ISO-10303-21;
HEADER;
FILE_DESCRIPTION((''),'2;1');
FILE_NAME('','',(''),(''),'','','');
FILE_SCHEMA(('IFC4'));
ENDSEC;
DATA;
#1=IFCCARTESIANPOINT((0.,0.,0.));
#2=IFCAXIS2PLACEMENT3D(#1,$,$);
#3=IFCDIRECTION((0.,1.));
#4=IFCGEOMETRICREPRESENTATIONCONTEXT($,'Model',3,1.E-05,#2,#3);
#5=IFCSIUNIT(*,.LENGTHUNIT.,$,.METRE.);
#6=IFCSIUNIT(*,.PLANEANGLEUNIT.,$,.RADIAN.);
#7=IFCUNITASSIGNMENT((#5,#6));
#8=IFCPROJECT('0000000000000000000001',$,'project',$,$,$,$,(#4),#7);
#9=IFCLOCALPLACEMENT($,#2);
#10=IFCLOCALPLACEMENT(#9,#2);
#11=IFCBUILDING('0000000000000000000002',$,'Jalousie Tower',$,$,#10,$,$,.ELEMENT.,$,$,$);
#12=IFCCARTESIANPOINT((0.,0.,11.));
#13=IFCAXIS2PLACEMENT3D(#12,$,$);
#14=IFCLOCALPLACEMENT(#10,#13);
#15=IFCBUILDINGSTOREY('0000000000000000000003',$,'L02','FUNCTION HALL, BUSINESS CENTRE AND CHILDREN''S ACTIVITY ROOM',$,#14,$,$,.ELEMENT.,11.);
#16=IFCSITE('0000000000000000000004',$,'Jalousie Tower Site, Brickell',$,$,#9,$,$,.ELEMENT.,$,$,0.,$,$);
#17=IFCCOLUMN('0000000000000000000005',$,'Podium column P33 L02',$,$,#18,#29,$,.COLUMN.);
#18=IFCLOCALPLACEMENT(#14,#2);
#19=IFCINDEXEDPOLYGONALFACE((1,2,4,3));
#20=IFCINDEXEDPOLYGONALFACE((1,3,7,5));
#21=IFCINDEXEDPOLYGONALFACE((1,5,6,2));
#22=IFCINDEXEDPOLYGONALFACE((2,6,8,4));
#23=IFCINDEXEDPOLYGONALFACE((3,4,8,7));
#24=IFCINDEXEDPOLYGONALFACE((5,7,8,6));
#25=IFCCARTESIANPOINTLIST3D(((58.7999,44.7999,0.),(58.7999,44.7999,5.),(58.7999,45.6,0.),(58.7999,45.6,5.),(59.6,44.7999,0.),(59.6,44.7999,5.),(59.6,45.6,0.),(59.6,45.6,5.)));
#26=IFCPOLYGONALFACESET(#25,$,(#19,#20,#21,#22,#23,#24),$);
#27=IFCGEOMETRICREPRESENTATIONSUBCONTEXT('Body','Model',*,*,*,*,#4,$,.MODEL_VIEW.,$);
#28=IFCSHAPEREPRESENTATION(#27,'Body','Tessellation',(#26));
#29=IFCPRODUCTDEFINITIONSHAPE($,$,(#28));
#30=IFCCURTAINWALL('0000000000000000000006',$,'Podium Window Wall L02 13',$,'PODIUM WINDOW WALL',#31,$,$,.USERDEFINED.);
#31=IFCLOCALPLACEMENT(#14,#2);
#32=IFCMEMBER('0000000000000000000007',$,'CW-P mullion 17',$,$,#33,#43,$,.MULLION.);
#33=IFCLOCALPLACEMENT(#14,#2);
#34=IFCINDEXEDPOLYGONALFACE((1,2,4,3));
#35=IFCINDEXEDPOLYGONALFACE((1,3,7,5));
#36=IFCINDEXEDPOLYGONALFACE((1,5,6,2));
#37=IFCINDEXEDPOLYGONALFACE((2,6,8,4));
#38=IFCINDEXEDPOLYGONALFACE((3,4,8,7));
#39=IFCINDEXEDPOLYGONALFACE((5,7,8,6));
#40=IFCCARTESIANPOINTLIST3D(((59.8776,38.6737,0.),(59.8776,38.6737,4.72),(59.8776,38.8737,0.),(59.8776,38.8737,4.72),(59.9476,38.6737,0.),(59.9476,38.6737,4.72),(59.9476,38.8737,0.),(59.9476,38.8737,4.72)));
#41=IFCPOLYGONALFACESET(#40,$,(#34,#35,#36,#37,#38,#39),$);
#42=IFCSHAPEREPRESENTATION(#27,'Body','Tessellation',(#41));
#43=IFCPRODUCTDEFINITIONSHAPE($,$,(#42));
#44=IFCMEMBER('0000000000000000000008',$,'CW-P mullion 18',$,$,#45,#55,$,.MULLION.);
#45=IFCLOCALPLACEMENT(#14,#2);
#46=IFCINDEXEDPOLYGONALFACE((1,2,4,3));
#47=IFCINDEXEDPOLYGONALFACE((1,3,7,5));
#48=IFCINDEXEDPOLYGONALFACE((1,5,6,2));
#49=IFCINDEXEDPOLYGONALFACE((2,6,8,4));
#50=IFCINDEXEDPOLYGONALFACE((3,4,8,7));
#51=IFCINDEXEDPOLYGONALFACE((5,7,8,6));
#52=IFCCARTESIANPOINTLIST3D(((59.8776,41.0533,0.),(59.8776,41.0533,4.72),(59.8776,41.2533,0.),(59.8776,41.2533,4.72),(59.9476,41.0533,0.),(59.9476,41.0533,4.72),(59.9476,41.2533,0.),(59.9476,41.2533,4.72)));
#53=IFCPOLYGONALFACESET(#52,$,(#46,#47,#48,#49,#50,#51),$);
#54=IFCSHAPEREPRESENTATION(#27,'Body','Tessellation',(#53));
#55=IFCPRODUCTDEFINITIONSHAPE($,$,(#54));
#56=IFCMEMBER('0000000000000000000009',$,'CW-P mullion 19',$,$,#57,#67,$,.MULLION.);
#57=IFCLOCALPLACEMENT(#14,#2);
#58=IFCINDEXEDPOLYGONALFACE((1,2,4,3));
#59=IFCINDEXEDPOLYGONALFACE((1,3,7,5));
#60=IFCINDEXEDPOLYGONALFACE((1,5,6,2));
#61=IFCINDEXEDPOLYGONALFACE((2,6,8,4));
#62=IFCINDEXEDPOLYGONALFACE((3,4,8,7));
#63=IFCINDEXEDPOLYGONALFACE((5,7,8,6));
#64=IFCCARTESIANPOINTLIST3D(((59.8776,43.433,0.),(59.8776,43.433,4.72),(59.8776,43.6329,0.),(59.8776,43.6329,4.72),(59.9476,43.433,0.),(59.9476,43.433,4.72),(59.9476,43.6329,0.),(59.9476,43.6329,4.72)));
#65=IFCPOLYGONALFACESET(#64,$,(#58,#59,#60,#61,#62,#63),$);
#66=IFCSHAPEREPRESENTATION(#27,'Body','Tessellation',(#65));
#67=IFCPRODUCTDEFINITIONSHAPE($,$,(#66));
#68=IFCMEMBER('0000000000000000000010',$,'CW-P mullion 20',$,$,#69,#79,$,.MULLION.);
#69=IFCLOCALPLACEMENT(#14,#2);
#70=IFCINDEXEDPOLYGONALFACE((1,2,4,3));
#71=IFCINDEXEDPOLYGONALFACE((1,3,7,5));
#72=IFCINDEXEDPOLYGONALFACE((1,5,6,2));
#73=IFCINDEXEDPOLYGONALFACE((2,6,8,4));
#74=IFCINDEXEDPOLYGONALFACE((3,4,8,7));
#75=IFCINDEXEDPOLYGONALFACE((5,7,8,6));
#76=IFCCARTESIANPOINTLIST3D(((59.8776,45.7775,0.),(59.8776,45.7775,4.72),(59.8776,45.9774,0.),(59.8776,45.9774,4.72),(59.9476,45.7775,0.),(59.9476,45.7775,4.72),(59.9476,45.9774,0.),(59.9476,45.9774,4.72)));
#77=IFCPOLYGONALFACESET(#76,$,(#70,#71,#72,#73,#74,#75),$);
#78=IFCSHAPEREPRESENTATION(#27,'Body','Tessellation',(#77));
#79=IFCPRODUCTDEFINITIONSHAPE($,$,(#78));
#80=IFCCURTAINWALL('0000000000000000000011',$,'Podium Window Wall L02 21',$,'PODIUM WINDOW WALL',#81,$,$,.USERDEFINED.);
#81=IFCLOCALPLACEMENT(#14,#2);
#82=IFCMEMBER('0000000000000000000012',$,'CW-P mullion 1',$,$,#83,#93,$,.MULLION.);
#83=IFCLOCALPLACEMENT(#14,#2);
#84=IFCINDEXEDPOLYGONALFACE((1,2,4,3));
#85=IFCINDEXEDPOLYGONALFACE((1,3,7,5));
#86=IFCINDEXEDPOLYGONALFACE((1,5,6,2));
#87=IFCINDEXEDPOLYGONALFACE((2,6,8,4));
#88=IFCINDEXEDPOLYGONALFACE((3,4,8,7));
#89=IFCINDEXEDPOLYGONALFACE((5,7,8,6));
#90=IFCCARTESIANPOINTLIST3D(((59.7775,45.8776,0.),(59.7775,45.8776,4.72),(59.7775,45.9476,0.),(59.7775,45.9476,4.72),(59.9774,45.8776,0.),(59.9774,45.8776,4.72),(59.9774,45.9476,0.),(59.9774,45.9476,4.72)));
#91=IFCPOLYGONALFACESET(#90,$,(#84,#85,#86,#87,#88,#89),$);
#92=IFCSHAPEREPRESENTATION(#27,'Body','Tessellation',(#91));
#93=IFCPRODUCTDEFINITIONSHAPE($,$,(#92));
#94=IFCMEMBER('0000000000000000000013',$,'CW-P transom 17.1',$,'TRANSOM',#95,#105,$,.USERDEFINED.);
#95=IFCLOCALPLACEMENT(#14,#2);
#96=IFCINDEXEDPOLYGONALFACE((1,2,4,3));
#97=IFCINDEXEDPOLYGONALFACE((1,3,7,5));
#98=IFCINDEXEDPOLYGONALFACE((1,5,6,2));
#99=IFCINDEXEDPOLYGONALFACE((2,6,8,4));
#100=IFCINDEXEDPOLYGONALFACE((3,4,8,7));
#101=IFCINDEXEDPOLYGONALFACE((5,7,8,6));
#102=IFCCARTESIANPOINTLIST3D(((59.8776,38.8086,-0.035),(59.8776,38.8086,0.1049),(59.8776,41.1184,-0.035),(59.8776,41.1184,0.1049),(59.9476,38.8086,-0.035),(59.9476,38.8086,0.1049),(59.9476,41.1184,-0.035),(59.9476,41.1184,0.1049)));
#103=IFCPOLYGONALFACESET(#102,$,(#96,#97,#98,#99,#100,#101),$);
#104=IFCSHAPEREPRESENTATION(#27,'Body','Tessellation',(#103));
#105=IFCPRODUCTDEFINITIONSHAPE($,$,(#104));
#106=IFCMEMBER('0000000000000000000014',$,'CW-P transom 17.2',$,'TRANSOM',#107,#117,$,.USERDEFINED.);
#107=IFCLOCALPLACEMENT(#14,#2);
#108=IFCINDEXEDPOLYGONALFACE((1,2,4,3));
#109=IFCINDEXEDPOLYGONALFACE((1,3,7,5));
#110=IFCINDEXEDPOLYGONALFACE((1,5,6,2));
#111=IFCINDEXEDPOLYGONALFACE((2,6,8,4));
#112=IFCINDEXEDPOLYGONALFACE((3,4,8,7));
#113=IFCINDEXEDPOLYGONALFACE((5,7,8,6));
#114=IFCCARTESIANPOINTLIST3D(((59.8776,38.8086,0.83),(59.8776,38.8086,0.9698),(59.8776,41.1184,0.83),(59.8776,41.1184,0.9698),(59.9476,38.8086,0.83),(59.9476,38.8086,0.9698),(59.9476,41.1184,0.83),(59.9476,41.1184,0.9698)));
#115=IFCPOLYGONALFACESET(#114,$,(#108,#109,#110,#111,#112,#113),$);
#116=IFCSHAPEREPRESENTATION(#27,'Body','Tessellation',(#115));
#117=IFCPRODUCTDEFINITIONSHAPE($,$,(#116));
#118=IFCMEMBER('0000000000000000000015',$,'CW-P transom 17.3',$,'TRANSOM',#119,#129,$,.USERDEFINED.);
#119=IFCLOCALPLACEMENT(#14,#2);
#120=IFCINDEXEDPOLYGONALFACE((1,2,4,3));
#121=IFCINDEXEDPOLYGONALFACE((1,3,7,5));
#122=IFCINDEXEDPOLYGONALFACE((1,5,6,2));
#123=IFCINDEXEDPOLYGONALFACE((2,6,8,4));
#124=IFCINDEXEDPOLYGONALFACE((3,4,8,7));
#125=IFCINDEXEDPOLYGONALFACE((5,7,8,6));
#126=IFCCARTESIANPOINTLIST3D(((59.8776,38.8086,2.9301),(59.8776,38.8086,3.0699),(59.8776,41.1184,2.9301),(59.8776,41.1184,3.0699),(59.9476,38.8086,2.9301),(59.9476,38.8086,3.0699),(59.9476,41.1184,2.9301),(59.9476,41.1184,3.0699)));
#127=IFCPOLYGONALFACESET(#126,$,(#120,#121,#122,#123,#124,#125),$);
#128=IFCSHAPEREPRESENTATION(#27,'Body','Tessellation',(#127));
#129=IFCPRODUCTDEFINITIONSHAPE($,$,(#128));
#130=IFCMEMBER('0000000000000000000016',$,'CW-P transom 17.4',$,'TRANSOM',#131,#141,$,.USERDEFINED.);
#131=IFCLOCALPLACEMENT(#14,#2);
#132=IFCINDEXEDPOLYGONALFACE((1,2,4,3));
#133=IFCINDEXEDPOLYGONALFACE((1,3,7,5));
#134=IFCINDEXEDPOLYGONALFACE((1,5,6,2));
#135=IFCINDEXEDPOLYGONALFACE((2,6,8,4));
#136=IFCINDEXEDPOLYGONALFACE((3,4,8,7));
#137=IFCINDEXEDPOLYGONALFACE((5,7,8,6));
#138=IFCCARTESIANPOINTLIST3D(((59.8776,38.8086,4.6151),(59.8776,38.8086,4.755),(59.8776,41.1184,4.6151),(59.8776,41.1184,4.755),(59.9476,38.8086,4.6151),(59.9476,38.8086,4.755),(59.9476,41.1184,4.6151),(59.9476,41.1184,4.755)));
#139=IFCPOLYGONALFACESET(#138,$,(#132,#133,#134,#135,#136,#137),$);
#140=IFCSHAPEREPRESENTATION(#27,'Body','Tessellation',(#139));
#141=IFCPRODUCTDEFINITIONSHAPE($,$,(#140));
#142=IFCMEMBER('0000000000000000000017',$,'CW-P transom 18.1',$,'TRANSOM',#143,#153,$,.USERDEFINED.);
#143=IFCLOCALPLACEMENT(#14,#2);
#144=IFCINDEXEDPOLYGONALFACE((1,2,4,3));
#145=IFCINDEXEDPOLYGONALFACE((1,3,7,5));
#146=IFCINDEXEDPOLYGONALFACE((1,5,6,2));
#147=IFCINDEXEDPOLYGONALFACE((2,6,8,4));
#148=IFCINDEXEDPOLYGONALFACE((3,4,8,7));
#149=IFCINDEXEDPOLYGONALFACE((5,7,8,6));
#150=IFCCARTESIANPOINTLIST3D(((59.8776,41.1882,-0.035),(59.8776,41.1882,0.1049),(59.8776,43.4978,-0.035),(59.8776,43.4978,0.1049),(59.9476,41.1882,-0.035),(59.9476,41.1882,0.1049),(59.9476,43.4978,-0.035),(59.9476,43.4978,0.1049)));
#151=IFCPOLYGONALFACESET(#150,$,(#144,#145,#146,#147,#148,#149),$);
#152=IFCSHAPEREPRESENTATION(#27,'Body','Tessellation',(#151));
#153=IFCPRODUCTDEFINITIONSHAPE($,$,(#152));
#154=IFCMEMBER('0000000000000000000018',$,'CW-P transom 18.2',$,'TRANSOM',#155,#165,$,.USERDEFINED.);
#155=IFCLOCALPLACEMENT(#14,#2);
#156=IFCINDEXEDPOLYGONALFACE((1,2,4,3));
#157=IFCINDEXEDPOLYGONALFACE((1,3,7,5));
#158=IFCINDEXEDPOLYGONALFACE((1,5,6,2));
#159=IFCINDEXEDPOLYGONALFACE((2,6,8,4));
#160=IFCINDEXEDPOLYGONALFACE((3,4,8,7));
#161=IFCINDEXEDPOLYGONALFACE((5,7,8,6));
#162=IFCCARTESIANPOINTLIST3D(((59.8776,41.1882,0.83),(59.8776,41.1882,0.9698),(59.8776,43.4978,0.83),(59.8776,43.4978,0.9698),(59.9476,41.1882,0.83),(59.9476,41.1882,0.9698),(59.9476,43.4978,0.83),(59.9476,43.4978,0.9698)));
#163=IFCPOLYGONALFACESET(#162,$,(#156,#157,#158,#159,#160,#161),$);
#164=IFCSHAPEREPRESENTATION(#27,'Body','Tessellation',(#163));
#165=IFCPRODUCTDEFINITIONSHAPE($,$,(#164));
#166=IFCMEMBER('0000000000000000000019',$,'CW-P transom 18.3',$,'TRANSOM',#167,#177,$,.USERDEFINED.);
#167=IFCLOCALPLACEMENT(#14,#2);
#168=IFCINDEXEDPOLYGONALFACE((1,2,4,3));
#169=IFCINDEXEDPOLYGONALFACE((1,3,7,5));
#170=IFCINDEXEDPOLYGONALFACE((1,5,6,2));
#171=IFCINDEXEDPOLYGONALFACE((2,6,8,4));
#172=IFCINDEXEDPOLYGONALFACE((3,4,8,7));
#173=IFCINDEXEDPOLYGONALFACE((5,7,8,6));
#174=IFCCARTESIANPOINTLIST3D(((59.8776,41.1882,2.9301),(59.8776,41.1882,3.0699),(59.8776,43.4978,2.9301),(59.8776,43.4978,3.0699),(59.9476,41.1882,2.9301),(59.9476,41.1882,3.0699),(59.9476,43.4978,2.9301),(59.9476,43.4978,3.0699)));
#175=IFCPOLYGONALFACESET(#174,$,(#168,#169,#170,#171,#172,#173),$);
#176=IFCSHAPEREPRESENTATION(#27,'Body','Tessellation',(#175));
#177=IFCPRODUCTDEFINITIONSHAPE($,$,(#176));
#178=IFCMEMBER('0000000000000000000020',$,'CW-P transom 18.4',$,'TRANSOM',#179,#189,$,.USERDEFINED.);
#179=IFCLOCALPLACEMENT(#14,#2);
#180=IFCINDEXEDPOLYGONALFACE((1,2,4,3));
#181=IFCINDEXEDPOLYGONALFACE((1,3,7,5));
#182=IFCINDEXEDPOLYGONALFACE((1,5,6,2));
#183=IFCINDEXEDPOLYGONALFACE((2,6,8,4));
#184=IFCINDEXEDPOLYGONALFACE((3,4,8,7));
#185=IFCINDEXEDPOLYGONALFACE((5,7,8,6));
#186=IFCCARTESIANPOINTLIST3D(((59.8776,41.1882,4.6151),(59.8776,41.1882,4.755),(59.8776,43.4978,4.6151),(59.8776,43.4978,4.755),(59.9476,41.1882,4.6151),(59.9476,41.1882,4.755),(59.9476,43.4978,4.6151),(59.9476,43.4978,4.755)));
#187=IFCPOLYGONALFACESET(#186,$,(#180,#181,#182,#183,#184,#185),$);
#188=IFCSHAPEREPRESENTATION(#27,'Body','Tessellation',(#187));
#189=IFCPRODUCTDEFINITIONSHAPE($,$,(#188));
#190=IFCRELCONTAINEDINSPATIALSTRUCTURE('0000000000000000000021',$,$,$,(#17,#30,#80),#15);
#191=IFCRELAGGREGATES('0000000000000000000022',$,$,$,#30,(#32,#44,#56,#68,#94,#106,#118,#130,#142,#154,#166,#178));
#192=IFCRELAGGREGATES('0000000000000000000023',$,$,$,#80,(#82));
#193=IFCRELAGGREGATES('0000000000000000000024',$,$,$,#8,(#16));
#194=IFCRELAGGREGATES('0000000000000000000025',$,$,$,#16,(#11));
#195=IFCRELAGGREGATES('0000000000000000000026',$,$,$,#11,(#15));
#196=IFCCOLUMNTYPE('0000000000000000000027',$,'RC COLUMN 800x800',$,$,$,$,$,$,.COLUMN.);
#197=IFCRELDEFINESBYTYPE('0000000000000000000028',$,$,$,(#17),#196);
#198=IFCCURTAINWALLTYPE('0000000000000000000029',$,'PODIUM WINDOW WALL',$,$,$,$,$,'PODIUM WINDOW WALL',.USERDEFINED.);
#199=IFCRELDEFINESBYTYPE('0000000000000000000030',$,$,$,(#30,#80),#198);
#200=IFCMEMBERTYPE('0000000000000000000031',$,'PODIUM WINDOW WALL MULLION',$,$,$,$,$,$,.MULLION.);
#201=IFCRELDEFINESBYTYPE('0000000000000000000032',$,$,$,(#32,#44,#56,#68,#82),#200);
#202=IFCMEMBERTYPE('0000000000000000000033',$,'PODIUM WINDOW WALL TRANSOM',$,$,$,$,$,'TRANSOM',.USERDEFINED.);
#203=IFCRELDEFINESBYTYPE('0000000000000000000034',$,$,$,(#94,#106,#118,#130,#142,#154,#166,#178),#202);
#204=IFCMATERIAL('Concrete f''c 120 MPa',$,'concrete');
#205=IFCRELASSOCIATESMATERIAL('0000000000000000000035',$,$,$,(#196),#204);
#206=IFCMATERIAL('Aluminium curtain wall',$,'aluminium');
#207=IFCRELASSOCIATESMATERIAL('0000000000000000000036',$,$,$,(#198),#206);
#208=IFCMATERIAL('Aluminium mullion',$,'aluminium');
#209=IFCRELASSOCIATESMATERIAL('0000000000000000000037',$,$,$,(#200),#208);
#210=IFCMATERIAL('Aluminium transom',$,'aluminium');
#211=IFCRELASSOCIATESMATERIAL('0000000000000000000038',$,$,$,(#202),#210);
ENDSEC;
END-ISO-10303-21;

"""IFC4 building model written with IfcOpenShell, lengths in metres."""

from ifc_helpers import new_model, si_unit, direction, frame, origin, origin_2d, place, context, subcontext, project, spatial, rectangle, extrude, material, material_profile, profile_set, type_object, element, aggregate, save


model = new_model("IFC4")

# Units and contexts
model_context = context("Model", 3, precision=1e-05, world=origin(), true_north=direction((0.0, 1.0)))
body_context = subcontext(model_context, "Body", "Model", "MODEL_VIEW")
ifc_project = project(units=[si_unit("LENGTHUNIT", "METRE"), si_unit("PLANEANGLEUNIT", "RADIAN")], contexts=[model_context])

# Site, building, storey
site_placement = place(None, origin())
site = spatial("IfcSite", under=ifc_project, at=site_placement, Name="Jalousie Tower Site, Brickell", CompositionType="ELEMENT", RefElevation=0.0)
building_placement = place(site_placement, origin())
building = spatial("IfcBuilding", under=site, at=building_placement, Name="Jalousie Tower", CompositionType="ELEMENT")
storey_placement = place(building_placement, frame((0.0, 0.0, 11.0)))
storey = spatial("IfcBuildingStorey", under=building, at=storey_placement, Name="L02", Description="FUNCTION HALL, BUSINESS CENTRE AND CHILDREN'S ACTIVITY ROOM", CompositionType="ELEMENT", Elevation=11.0)

# Column
ifc_material_1 = material(Name="Concrete f'c 120 MPa", Category="concrete")
ifc_material_profile_1 = material_profile(ifc_material_1, rectangle(XDim=0.8, YDim=0.8, at=origin_2d()), Name="RC 800x800")
ifc_profile_set_1 = profile_set([ifc_material_profile_1], Name="Concrete f'c 120 MPa")
column_type = type_object("IfcColumnType", Name="RC COLUMN 800x800", PredefinedType="COLUMN", material=ifc_profile_set_1)
column_placement = place(storey_placement, frame((59.2, 45.2, 0.0), z_axis=(0.0, 0.0, 1.0), x_axis=(1.0, 0.0, 0.0)))
element("IfcColumn", 1, at=column_placement, inside=storey, type_object=column_type, Name="Podium column P33 L02", PredefinedType="COLUMN", context=body_context, shape_type="SweptSolid", body=[
    extrude(rectangle(XDim=0.8, YDim=0.8, at=origin_2d()), origin(), (0.0, 0.0, 1.0), 5.0),
])

# Curtain wall, members
ifc_material_2 = material(Name="Aluminium curtain wall", Category="aluminium")
curtain_wall_type = type_object("IfcCurtainWallType", Name="PODIUM WINDOW WALL", ElementType="PODIUM WINDOW WALL", PredefinedType="USERDEFINED", material=ifc_material_2)
curtain_wall_1_placement = place(storey_placement, origin())
curtain_wall_1 = element("IfcCurtainWall", 2, at=curtain_wall_1_placement, inside=storey, type_object=curtain_wall_type, Name="Podium Window Wall L02 13", ObjectType="PODIUM WINDOW WALL", PredefinedType="USERDEFINED")
ifc_material_3 = material(Name="Aluminium mullion", Category="aluminium")
ifc_material_profile_2 = material_profile(ifc_material_3, rectangle(XDim=0.0701, YDim=0.2, at=origin_2d()), Name="MULLION 70x200")
ifc_profile_set_2 = profile_set([ifc_material_profile_2], Name="Aluminium mullion")
member_type_1 = type_object("IfcMemberType", Name="PODIUM WINDOW WALL MULLION", PredefinedType="MULLION", material=ifc_profile_set_2)
member_1_placement = place(storey_placement, frame((59.9126, 38.7737, 0.0), z_axis=(0.0, 0.0, 1.0), x_axis=(-1.0, 0.0, 0.0)))
member_1 = element("IfcMember", 3, at=member_1_placement, type_object=member_type_1, Name="CW-P mullion 17", PredefinedType="MULLION", context=body_context, shape_type="SweptSolid", body=[
    extrude(rectangle(XDim=0.0701, YDim=0.2, at=origin_2d()), origin(), (0.0, 0.0, 1.0), 4.72),
])
member_2_placement = place(storey_placement, frame((59.9126, 41.1533, 0.0), z_axis=(0.0, 0.0, 1.0), x_axis=(-1.0, 0.0, 0.0)))
member_2 = element("IfcMember", 4, at=member_2_placement, type_object=member_type_1, Name="CW-P mullion 18", PredefinedType="MULLION", context=body_context, shape_type="SweptSolid", body=[
    extrude(rectangle(XDim=0.0701, YDim=0.2, at=origin_2d()), origin(), (0.0, 0.0, 1.0), 4.72),
])
member_3_placement = place(storey_placement, frame((59.9126, 43.533, 0.0), z_axis=(0.0, 0.0, 1.0), x_axis=(-1.0, 0.0, 0.0)))
member_3 = element("IfcMember", 5, at=member_3_placement, type_object=member_type_1, Name="CW-P mullion 19", PredefinedType="MULLION", context=body_context, shape_type="SweptSolid", body=[
    extrude(rectangle(XDim=0.0701, YDim=0.2, at=origin_2d()), origin(), (0.0, 0.0, 1.0), 4.72),
])
member_4_placement = place(storey_placement, frame((59.9126, 45.8774, 0.0), z_axis=(0.0, 0.0, 1.0), x_axis=(-1.0, 0.0, 0.0)))
member_4 = element("IfcMember", 6, at=member_4_placement, type_object=member_type_1, Name="CW-P mullion 20", PredefinedType="MULLION", context=body_context, shape_type="SweptSolid", body=[
    extrude(rectangle(XDim=0.0701, YDim=0.2, at=origin_2d()), origin(), (0.0, 0.0, 1.0), 4.72),
])

# Curtain wall, member
curtain_wall_2_placement = place(storey_placement, origin())
curtain_wall_2 = element("IfcCurtainWall", 7, at=curtain_wall_2_placement, inside=storey, type_object=curtain_wall_type, Name="Podium Window Wall L02 21", ObjectType="PODIUM WINDOW WALL", PredefinedType="USERDEFINED")
member_5_placement = place(storey_placement, frame((59.8774, 45.9126, 0.0), z_axis=(0.0, 0.0, 1.0), x_axis=(0.0, -1.0, 0.0)))
member_5 = element("IfcMember", 8, at=member_5_placement, type_object=member_type_1, Name="CW-P mullion 1", PredefinedType="MULLION", context=body_context, shape_type="SweptSolid", body=[
    extrude(rectangle(XDim=0.0701, YDim=0.2, at=origin_2d()), origin(), (0.0, 0.0, 1.0), 4.72),
])

# Members
ifc_material_4 = material(Name="Aluminium transom", Category="aluminium")
ifc_material_profile_3 = material_profile(ifc_material_4, rectangle(XDim=0.0701, YDim=0.1399, at=origin_2d()), Name="TRANSOM 70x140")
ifc_profile_set_3 = profile_set([ifc_material_profile_3], Name="Aluminium transom")
member_type_2 = type_object("IfcMemberType", Name="PODIUM WINDOW WALL TRANSOM", ElementType="TRANSOM", PredefinedType="USERDEFINED", material=ifc_profile_set_3)
member_6_placement = place(storey_placement, frame((59.9126, 38.8086, 0.0349), z_axis=(0.0, 1.0, 0.0), x_axis=(-1.0, 0.0, 0.0)))
member_6 = element("IfcMember", 9, at=member_6_placement, type_object=member_type_2, Name="CW-P transom 17.1", ObjectType="TRANSOM", PredefinedType="USERDEFINED", context=body_context, shape_type="SweptSolid", body=[
    extrude(rectangle(XDim=0.0701, YDim=0.1399, at=origin_2d()), origin(), (0.0, 0.0, 1.0), 2.3098),
])
member_7_placement = place(storey_placement, frame((59.9126, 38.8086, 0.8999), z_axis=(0.0, 1.0, 0.0), x_axis=(-1.0, 0.0, 0.0)))
member_7 = element("IfcMember", 10, at=member_7_placement, type_object=member_type_2, Name="CW-P transom 17.2", ObjectType="TRANSOM", PredefinedType="USERDEFINED", context=body_context, shape_type="SweptSolid", body=[
    extrude(rectangle(XDim=0.0701, YDim=0.1399, at=origin_2d()), origin(), (0.0, 0.0, 1.0), 2.3098),
])
member_8_placement = place(storey_placement, frame((59.9126, 38.8086, 3.0), z_axis=(0.0, 1.0, 0.0), x_axis=(-1.0, 0.0, 0.0)))
member_8 = element("IfcMember", 11, at=member_8_placement, type_object=member_type_2, Name="CW-P transom 17.3", ObjectType="TRANSOM", PredefinedType="USERDEFINED", context=body_context, shape_type="SweptSolid", body=[
    extrude(rectangle(XDim=0.0701, YDim=0.1399, at=origin_2d()), origin(), (0.0, 0.0, 1.0), 2.3098),
])
member_9_placement = place(storey_placement, frame((59.9126, 38.8086, 4.6851), z_axis=(0.0, 1.0, 0.0), x_axis=(-1.0, 0.0, 0.0)))
member_9 = element("IfcMember", 12, at=member_9_placement, type_object=member_type_2, Name="CW-P transom 17.4", ObjectType="TRANSOM", PredefinedType="USERDEFINED", context=body_context, shape_type="SweptSolid", body=[
    extrude(rectangle(XDim=0.0701, YDim=0.1399, at=origin_2d()), origin(), (0.0, 0.0, 1.0), 2.3098),
])
member_10_placement = place(storey_placement, frame((59.9126, 41.1882, 0.0349), z_axis=(0.0, 1.0, 0.0), x_axis=(-1.0, 0.0, 0.0)))
member_10 = element("IfcMember", 13, at=member_10_placement, type_object=member_type_2, Name="CW-P transom 18.1", ObjectType="TRANSOM", PredefinedType="USERDEFINED", context=body_context, shape_type="SweptSolid", body=[
    extrude(rectangle(XDim=0.0701, YDim=0.1399, at=origin_2d()), origin(), (0.0, 0.0, 1.0), 2.3096),
])
member_11_placement = place(storey_placement, frame((59.9126, 41.1882, 0.8999), z_axis=(0.0, 1.0, 0.0), x_axis=(-1.0, 0.0, 0.0)))
member_11 = element("IfcMember", 14, at=member_11_placement, type_object=member_type_2, Name="CW-P transom 18.2", ObjectType="TRANSOM", PredefinedType="USERDEFINED", context=body_context, shape_type="SweptSolid", body=[
    extrude(rectangle(XDim=0.0701, YDim=0.1399, at=origin_2d()), origin(), (0.0, 0.0, 1.0), 2.3096),
])
member_12_placement = place(storey_placement, frame((59.9126, 41.1882, 3.0), z_axis=(0.0, 1.0, 0.0), x_axis=(-1.0, 0.0, 0.0)))
member_12 = element("IfcMember", 15, at=member_12_placement, type_object=member_type_2, Name="CW-P transom 18.3", ObjectType="TRANSOM", PredefinedType="USERDEFINED", context=body_context, shape_type="SweptSolid", body=[
    extrude(rectangle(XDim=0.0701, YDim=0.1399, at=origin_2d()), origin(), (0.0, 0.0, 1.0), 2.3096),
])
member_13_placement = place(storey_placement, frame((59.9126, 41.1882, 4.6851), z_axis=(0.0, 1.0, 0.0), x_axis=(-1.0, 0.0, 0.0)))
member_13 = element("IfcMember", 16, at=member_13_placement, type_object=member_type_2, Name="CW-P transom 18.4", ObjectType="TRANSOM", PredefinedType="USERDEFINED", context=body_context, shape_type="SweptSolid", body=[
    extrude(rectangle(XDim=0.0701, YDim=0.1399, at=origin_2d()), origin(), (0.0, 0.0, 1.0), 2.3096),
])

aggregate(curtain_wall_1, [member_1, member_2, member_3, member_4, member_6, member_7, member_8, member_9, member_10, member_11, member_12, member_13])
aggregate(curtain_wall_2, [member_5])

save(model, "model.ifc")
